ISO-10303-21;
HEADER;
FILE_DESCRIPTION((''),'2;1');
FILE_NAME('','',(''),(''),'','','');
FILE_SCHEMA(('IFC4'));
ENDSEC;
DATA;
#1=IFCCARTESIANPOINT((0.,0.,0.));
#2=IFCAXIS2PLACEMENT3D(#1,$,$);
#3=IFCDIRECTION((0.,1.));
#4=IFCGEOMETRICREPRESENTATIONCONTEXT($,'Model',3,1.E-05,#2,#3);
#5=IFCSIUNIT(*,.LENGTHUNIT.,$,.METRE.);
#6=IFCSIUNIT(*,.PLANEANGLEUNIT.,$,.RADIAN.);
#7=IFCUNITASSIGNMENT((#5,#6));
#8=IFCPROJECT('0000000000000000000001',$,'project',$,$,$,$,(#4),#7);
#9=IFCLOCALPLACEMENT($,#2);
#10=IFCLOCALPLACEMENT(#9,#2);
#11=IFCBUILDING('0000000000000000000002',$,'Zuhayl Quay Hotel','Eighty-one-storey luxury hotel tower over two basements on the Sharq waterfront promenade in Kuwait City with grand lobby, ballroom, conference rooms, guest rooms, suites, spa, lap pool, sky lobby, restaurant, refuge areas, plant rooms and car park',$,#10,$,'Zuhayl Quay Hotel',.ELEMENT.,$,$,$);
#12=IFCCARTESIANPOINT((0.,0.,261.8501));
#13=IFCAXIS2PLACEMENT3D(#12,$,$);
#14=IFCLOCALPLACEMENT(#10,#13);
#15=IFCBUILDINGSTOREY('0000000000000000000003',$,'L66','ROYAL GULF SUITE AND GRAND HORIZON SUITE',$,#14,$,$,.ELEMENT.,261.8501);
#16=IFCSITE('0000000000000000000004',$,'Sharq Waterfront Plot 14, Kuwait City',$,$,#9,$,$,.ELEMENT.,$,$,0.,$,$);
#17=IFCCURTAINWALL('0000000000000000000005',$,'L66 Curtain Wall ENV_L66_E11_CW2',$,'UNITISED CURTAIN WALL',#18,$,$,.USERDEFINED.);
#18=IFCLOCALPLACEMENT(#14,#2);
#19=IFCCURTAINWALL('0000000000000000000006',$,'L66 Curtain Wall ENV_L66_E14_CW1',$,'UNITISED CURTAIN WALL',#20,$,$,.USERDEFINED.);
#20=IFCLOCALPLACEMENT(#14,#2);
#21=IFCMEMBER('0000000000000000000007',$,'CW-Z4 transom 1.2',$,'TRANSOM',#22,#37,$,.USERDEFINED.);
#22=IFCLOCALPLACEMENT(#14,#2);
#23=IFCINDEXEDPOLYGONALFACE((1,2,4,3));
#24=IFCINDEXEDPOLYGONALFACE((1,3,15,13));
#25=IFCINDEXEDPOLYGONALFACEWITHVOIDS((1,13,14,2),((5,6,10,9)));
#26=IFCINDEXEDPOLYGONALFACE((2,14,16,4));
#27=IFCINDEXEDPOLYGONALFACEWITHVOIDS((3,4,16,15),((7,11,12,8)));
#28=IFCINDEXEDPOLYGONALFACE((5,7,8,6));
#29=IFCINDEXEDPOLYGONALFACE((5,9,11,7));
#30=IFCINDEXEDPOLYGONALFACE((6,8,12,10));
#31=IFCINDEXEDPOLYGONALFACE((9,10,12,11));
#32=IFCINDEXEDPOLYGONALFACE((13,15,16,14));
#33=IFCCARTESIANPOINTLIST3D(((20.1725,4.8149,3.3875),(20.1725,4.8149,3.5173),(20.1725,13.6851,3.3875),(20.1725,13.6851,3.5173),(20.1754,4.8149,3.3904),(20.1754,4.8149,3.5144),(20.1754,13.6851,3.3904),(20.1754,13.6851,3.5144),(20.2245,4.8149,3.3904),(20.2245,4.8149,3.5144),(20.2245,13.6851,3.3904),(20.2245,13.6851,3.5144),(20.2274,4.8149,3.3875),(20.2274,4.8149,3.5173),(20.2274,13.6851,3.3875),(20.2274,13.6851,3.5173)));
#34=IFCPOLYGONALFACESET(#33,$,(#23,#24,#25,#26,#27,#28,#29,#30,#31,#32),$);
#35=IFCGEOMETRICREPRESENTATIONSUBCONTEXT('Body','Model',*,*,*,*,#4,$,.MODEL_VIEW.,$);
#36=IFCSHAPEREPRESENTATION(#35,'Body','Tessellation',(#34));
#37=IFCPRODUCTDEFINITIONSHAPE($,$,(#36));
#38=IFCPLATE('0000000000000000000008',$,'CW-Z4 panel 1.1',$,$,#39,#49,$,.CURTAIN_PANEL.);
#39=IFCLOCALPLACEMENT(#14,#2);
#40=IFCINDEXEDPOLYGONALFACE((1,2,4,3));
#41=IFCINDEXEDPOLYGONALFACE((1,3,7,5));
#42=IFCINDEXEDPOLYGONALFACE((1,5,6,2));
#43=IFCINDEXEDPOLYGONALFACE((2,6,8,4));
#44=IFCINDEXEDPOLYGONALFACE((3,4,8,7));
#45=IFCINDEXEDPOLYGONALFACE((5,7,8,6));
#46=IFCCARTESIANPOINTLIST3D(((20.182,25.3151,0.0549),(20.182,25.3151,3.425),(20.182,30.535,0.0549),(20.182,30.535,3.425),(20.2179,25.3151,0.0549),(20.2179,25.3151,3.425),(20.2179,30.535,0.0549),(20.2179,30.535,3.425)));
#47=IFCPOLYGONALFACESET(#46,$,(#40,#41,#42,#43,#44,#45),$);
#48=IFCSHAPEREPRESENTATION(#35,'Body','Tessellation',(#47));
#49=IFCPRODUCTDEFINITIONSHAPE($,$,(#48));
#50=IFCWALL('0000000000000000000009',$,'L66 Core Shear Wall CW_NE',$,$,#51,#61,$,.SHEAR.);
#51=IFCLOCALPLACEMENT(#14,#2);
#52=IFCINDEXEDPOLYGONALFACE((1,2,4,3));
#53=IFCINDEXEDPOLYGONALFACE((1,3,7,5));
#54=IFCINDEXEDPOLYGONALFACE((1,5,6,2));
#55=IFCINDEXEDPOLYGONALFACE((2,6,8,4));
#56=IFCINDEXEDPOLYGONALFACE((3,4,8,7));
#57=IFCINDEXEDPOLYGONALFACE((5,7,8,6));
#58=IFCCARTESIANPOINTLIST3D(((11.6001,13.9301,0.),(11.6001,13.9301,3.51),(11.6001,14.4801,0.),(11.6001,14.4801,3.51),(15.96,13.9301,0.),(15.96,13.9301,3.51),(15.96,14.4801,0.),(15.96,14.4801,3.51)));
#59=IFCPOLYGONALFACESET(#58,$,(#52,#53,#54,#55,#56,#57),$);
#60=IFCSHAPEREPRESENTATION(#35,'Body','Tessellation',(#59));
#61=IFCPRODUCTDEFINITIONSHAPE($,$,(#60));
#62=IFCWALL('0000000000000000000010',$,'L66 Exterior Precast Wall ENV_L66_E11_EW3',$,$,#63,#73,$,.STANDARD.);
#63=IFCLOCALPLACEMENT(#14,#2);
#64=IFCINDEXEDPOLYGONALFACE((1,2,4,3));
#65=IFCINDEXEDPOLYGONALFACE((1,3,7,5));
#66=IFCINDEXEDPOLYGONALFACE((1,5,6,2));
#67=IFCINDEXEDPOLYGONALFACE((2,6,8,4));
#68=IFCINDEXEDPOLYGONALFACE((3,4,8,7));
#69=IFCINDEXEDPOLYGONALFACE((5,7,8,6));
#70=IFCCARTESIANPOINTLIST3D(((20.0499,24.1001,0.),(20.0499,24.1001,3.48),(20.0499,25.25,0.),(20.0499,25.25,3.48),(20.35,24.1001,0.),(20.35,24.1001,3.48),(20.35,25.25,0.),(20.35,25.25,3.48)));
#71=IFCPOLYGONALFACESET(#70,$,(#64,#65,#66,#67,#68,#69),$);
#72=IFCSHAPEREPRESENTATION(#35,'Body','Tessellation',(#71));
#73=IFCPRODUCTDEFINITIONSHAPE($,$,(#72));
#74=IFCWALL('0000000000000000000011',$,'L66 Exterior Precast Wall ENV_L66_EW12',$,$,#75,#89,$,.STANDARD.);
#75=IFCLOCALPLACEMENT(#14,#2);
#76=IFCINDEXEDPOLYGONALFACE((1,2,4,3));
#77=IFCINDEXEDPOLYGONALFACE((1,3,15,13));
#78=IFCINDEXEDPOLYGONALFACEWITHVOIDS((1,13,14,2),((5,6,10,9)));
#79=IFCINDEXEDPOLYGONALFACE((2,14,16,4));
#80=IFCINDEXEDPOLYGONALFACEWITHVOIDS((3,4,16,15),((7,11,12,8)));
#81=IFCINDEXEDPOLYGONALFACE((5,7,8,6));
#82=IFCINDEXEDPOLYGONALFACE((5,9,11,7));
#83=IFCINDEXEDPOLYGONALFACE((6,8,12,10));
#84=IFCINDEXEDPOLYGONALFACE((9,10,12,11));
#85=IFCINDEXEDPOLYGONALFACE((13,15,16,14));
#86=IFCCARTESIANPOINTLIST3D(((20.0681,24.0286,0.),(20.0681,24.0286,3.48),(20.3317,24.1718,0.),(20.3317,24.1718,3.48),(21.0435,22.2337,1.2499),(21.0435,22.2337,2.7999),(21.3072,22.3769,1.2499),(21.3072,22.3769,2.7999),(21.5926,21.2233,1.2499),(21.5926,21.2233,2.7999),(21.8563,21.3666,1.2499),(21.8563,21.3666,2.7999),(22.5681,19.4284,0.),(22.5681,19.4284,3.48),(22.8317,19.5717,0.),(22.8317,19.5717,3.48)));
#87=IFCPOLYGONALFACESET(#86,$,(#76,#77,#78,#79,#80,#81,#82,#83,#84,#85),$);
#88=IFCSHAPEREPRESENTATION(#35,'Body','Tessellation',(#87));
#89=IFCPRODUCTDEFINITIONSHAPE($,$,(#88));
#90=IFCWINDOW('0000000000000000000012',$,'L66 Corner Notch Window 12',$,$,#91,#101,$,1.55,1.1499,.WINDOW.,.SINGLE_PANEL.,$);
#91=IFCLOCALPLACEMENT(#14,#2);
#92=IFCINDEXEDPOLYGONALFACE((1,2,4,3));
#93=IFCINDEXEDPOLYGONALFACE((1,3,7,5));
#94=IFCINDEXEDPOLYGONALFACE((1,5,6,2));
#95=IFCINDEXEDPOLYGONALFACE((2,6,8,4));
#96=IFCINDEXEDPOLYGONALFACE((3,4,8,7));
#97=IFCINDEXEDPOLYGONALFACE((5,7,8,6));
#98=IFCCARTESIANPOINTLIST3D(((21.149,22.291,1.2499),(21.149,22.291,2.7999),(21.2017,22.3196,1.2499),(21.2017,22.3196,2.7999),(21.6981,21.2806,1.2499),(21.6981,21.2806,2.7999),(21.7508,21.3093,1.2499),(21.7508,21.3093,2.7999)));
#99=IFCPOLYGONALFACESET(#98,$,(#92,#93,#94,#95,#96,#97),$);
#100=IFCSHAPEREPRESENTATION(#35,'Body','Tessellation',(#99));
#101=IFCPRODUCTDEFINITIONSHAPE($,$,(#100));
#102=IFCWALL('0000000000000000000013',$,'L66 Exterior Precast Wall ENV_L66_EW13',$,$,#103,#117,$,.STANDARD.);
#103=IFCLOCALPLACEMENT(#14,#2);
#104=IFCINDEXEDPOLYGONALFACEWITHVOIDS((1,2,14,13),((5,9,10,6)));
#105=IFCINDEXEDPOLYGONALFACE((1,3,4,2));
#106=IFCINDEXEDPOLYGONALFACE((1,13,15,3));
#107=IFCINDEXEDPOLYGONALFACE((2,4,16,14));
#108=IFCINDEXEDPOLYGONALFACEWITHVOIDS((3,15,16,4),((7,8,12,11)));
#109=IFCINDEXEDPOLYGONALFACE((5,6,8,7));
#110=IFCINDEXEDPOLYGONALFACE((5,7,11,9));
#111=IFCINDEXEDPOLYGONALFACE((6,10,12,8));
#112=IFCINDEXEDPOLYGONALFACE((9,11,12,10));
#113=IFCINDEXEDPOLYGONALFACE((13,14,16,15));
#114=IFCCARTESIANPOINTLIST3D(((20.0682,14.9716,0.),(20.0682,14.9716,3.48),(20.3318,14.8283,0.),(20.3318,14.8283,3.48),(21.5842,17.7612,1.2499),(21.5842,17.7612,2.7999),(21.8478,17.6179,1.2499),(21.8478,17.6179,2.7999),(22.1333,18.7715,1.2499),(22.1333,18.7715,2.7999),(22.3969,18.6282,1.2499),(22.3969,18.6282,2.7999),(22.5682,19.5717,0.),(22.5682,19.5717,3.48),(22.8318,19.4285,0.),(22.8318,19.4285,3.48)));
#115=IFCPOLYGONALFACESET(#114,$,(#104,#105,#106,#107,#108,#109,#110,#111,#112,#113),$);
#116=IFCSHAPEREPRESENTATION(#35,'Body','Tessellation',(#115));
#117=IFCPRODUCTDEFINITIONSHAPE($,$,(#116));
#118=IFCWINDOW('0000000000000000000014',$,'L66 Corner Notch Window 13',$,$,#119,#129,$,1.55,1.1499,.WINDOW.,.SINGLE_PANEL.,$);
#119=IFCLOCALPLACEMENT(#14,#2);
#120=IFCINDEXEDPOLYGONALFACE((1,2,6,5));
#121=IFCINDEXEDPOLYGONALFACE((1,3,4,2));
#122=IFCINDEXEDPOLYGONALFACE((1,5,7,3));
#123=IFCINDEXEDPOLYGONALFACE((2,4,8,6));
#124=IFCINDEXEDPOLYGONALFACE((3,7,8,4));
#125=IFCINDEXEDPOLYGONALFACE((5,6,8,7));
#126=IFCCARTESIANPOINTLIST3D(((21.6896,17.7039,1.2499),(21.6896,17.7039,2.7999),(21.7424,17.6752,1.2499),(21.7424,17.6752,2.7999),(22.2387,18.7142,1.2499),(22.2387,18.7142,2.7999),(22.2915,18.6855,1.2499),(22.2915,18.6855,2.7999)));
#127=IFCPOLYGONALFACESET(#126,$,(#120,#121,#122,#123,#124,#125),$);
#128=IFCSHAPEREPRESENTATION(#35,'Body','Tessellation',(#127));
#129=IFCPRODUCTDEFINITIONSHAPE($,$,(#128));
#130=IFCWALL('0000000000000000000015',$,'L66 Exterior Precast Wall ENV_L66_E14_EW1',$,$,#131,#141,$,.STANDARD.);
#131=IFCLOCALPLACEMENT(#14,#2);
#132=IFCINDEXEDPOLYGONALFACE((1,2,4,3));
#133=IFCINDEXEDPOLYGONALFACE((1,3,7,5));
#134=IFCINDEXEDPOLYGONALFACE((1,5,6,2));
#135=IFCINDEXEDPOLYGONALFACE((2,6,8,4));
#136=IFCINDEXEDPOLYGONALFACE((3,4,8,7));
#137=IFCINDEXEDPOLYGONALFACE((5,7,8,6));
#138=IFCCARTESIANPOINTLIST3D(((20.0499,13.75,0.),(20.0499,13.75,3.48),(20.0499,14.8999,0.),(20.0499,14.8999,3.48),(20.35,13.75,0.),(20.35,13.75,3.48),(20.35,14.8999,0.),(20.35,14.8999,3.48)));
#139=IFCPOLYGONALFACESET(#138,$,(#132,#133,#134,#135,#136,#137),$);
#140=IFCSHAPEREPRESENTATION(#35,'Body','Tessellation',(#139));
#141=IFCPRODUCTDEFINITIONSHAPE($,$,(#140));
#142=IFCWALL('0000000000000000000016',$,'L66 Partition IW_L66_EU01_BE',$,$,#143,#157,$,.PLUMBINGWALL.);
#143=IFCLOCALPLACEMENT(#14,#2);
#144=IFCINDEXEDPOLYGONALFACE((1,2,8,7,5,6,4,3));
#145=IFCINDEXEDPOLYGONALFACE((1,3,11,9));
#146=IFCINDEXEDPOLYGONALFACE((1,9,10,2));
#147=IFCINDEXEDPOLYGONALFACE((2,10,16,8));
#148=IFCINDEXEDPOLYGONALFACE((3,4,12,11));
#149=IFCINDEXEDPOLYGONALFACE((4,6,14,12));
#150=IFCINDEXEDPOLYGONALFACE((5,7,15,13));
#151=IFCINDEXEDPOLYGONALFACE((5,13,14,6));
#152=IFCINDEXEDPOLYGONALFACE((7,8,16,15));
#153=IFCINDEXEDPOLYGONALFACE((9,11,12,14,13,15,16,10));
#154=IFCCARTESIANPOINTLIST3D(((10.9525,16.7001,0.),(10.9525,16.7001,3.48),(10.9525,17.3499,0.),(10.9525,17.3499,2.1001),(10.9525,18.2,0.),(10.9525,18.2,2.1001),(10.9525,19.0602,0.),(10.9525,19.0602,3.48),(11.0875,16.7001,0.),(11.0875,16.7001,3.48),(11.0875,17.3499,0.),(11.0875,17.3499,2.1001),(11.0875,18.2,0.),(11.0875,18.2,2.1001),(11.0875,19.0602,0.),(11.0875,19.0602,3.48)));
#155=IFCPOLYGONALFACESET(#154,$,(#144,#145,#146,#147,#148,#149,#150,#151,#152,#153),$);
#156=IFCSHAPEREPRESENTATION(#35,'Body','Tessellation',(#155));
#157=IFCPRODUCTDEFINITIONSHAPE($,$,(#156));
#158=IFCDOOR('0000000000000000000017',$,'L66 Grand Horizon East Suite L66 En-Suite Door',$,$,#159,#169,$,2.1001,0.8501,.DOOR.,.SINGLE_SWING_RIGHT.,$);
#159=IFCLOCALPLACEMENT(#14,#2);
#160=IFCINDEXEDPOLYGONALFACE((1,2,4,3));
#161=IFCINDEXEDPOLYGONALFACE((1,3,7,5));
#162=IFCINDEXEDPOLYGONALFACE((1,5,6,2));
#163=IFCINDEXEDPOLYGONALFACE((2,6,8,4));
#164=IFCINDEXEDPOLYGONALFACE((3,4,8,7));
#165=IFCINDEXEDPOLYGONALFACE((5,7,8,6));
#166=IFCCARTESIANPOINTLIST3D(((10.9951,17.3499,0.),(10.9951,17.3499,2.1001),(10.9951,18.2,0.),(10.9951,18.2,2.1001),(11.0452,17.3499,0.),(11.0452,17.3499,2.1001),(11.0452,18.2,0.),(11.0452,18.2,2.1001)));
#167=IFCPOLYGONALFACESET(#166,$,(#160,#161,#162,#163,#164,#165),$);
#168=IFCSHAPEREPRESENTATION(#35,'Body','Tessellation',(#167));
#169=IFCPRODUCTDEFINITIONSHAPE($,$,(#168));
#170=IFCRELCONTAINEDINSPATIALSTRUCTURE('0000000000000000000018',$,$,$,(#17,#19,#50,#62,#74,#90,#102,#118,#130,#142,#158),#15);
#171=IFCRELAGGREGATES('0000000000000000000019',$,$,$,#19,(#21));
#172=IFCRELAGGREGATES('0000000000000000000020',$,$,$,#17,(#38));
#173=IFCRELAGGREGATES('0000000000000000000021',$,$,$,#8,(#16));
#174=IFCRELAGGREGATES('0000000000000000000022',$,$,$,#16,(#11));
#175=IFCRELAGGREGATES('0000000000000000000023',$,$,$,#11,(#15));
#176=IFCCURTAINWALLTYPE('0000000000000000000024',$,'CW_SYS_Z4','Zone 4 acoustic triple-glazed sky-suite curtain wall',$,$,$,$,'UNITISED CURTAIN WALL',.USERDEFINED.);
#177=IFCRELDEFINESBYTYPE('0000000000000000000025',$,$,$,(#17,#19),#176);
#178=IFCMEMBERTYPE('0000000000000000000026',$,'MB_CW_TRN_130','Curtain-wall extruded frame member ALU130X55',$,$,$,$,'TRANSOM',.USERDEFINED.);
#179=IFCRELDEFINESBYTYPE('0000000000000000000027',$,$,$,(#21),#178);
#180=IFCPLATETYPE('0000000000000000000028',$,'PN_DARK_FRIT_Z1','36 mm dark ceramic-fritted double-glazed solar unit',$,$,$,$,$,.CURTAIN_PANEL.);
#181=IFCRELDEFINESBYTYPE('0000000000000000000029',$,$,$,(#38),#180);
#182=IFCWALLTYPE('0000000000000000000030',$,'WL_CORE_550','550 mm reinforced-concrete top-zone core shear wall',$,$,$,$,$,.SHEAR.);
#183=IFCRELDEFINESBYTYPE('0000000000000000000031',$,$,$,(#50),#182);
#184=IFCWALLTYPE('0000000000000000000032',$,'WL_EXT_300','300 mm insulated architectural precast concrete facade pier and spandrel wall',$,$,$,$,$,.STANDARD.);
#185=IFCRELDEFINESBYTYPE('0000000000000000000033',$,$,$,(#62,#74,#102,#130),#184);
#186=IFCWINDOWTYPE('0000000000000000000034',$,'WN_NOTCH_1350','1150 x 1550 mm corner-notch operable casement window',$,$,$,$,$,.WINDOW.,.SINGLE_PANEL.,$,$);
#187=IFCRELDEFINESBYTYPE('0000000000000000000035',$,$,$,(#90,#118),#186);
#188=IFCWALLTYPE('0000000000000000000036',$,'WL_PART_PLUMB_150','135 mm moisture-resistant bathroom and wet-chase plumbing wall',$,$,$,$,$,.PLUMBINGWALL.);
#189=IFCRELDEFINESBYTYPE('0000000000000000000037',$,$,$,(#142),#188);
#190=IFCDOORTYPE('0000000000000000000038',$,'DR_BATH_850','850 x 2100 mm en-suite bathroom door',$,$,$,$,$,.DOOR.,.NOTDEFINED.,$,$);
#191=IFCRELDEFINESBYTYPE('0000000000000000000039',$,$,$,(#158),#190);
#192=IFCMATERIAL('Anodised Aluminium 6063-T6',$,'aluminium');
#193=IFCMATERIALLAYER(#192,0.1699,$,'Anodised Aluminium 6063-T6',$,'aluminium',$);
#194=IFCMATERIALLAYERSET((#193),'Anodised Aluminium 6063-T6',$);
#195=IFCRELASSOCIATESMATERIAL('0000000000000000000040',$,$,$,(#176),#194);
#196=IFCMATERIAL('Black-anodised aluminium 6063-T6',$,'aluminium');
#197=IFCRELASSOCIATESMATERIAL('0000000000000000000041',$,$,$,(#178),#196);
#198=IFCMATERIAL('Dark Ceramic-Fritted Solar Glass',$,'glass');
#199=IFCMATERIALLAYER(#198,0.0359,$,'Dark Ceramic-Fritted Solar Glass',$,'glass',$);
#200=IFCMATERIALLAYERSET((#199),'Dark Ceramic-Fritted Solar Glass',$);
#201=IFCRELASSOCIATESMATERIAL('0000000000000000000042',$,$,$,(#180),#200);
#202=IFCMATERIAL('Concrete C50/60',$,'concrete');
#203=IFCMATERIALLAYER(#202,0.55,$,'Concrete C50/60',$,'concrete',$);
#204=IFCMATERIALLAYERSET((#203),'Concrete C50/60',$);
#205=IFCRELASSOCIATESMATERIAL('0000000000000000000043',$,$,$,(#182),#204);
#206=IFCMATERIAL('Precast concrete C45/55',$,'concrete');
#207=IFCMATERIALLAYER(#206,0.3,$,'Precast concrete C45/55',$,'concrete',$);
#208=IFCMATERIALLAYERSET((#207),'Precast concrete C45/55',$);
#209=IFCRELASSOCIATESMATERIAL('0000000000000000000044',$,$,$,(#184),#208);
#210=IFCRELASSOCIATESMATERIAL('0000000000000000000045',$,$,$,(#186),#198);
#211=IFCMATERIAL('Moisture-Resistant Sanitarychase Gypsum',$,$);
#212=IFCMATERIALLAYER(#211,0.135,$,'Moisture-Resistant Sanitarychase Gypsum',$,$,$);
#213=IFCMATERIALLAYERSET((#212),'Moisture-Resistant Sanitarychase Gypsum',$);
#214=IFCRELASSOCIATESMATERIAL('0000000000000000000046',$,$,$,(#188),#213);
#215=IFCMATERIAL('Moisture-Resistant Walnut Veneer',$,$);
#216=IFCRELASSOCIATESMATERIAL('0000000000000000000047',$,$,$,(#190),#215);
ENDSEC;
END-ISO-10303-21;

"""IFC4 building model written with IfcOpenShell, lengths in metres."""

from ifc_helpers import new_model, si_unit, direction, frame, frame_2d, origin, origin_2d, place, context, subcontext, project, spatial, rectangle, hollow_rectangle, extrude, material, layer, layer_set, material_profile, profile_set, type_object, element, fill, aggregate, save


model = new_model("IFC4")

# Units and contexts
model_context = context("Model", 3, precision=1e-05, world=origin(), true_north=direction((0.0, 1.0)))
body_context = subcontext(model_context, "Body", "Model", "MODEL_VIEW")
ifc_project = project(units=[si_unit("LENGTHUNIT", "METRE"), si_unit("PLANEANGLEUNIT", "RADIAN")], contexts=[model_context])

# Site, building, storey
site_placement = place(None, origin())
site = spatial("IfcSite", under=ifc_project, at=site_placement, Name="Sharq Waterfront Plot 14, Kuwait City", CompositionType="ELEMENT", RefElevation=0.0)
building_placement = place(site_placement, origin())
building = spatial("IfcBuilding", under=site, at=building_placement, Name="Zuhayl Quay Hotel", Description="Eighty-one-storey luxury hotel tower over two basements on the Sharq waterfront promenade in Kuwait City with grand lobby, ballroom, conference rooms, guest rooms, suites, spa, lap pool, sky lobby, restaurant, refuge areas, plant rooms and car park", LongName="Zuhayl Quay Hotel", CompositionType="ELEMENT")
storey_placement = place(building_placement, frame((0.0, 0.0, 261.8501)))
storey = spatial("IfcBuildingStorey", under=building, at=storey_placement, Name="L66", Description="ROYAL GULF SUITE AND GRAND HORIZON SUITE", CompositionType="ELEMENT", Elevation=261.8501)

# Curtain wall
ifc_material_1 = material(Name="Anodised Aluminium 6063-T6", Category="aluminium")
ifc_layer_1 = layer(ifc_material_1, 0.1699, Name="Anodised Aluminium 6063-T6", Category="aluminium")
ifc_layer_set_1 = layer_set([ifc_layer_1], Name="Anodised Aluminium 6063-T6")
curtain_wall_type = type_object("IfcCurtainWallType", Name="CW_SYS_Z4", Description="Zone 4 acoustic triple-glazed sky-suite curtain wall", ElementType="UNITISED CURTAIN WALL", PredefinedType="USERDEFINED", material=ifc_layer_set_1)
curtain_wall_1_placement = place(storey_placement, origin())
curtain_wall_1 = element("IfcCurtainWall", 1, at=curtain_wall_1_placement, inside=storey, type_object=curtain_wall_type, Name="L66 Curtain Wall ENV_L66_E11_CW2", ObjectType="UNITISED CURTAIN WALL", PredefinedType="USERDEFINED")
ifc_material_2 = material(Name="Black-anodised aluminium 6063-T6", Category="aluminium")

# Curtain wall, member
curtain_wall_2_placement = place(storey_placement, origin())
curtain_wall_2 = element("IfcCurtainWall", 2, at=curtain_wall_2_placement, inside=storey, type_object=curtain_wall_type, Name="L66 Curtain Wall ENV_L66_E14_CW1", ObjectType="UNITISED CURTAIN WALL", PredefinedType="USERDEFINED")
ifc_material_profile_1 = material_profile(ifc_material_2, hollow_rectangle(XDim=0.0549, YDim=0.1299, WallThickness=0.0029, at=origin_2d()), Name="ALU130X55")
ifc_profile_set_1 = profile_set([ifc_material_profile_1], Name="Black-anodised aluminium 6063-T6")
member_type_1 = type_object("IfcMemberType", Name="MB_CW_TRN_130", Description="Curtain-wall extruded frame member ALU130X55", ElementType="TRANSOM", PredefinedType="USERDEFINED", material=ifc_profile_set_1)
member_1_placement = place(storey_placement, frame((20.2, 13.6851, 3.4524), z_axis=(0.0, -1.0, 0.0), x_axis=(1.0, 0.0, 0.0)))
member_1 = element("IfcMember", 3, at=member_1_placement, type_object=member_type_1, Name="CW-Z4 transom 1.2", ObjectType="TRANSOM", PredefinedType="USERDEFINED", context=body_context, shape_type="SweptSolid", body=[
    extrude(hollow_rectangle(XDim=0.0549, YDim=0.1299, WallThickness=0.0029, at=origin_2d()), origin(), (0.0, 0.0, 1.0), 8.8701),
])
aggregate(curtain_wall_2, [member_1])

# Plate
ifc_material_3 = material(Name="Dark Ceramic-Fritted Solar Glass", Category="glass")
ifc_layer_2 = layer(ifc_material_3, 0.0359, Name="Dark Ceramic-Fritted Solar Glass", Category="glass")
ifc_layer_set_2 = layer_set([ifc_layer_2], Name="Dark Ceramic-Fritted Solar Glass")
plate_type = type_object("IfcPlateType", Name="PN_DARK_FRIT_Z1", Description="36 mm dark ceramic-fritted double-glazed solar unit", PredefinedType="CURTAIN_PANEL", material=ifc_layer_set_2)
plate_placement = place(storey_placement, frame((20.2, 27.925, 0.0549), z_axis=(0.0, 0.0, 1.0), x_axis=(0.0, -1.0, 0.0)))
plate = element("IfcPlate", 4, at=plate_placement, type_object=plate_type, Name="CW-Z4 panel 1.1", PredefinedType="CURTAIN_PANEL", context=body_context, shape_type="SweptSolid", body=[
    extrude(rectangle(XDim=5.22, YDim=0.0359, at=origin_2d()), origin(), (0.0, 0.0, 1.0), 3.3701),
])
aggregate(curtain_wall_1, [plate])

# Walls
ifc_material_4 = material(Name="Concrete C50/60", Category="concrete")
ifc_layer_3 = layer(ifc_material_4, 0.55, Name="Concrete C50/60", Category="concrete")
ifc_layer_set_3 = layer_set([ifc_layer_3], Name="Concrete C50/60")
wall_type_1 = type_object("IfcWallType", Name="WL_CORE_550", Description="550 mm reinforced-concrete top-zone core shear wall", PredefinedType="SHEAR", material=ifc_layer_set_3)
wall_1_placement = place(storey_placement, frame((11.6001, 14.2051, 0.0), z_axis=(0.0, 0.0, 1.0), x_axis=(1.0, 0.0, 0.0)))
element("IfcWall", 5, at=wall_1_placement, inside=storey, type_object=wall_type_1, Name="L66 Core Shear Wall CW_NE", PredefinedType="SHEAR", context=body_context, shape_type="SweptSolid", body=[
    extrude(rectangle(XDim=4.3599, YDim=0.55, at=frame_2d((2.1799, 0.0))), origin(), (0.0, 0.0, 1.0), 3.51),
])
ifc_material_5 = material(Name="Precast concrete C45/55", Category="concrete")
ifc_layer_4 = layer(ifc_material_5, 0.3, Name="Precast concrete C45/55", Category="concrete")
ifc_layer_set_4 = layer_set([ifc_layer_4], Name="Precast concrete C45/55")
wall_type_2 = type_object("IfcWallType", Name="WL_EXT_300", Description="300 mm insulated architectural precast concrete facade pier and spandrel wall", PredefinedType="STANDARD", material=ifc_layer_set_4)
wall_2_placement = place(storey_placement, frame((20.2, 25.25, 0.0), z_axis=(0.0, 0.0, 1.0), x_axis=(0.0, -1.0, 0.0)))
element("IfcWall", 6, at=wall_2_placement, inside=storey, type_object=wall_type_2, Name="L66 Exterior Precast Wall ENV_L66_E11_EW3", PredefinedType="STANDARD", context=body_context, shape_type="SweptSolid", body=[
    extrude(rectangle(XDim=1.1499, YDim=0.3, at=frame_2d((0.575, 0.0))), origin(), (0.0, 0.0, 1.0), 3.48),
])

# Walls, openings, windows
wall_3_placement = place(storey_placement, frame((20.2, 24.1001, 0.0), z_axis=(0.0, 0.0, 1.0), x_axis=(0.477505, -0.878629, 0.0)))
wall_3 = element("IfcWall", 7, at=wall_3_placement, inside=storey, type_object=wall_type_2, Name="L66 Exterior Precast Wall ENV_L66_EW12", PredefinedType="STANDARD", context=body_context, shape_type="SweptSolid", body=[
    extrude(rectangle(XDim=5.2356, YDim=0.3, at=frame_2d((2.6177, 0.0))), origin(), (0.0, 0.0, 1.0), 3.48),
])
opening_1_placement = place(wall_3_placement, frame((2.0427, 0.0, 1.25)))
opening_1 = element("IfcOpeningElement", 8, at=opening_1_placement, cuts=wall_3, PredefinedType="OPENING", context=body_context, shape_type="SweptSolid", body=[
    extrude(rectangle(XDim=1.1499, YDim=1.55, at=frame_2d((0.575, 0.7749))), frame((0.0, 0.1599, 0.0), z_axis=(0.0, -1.0, 0.0), x_axis=(1.0, 0.0, 0.0)), (0.0, 0.0, 1.0), 0.3201),
])
window_type = type_object("IfcWindowType", Name="WN_NOTCH_1350", Description="1150 x 1550 mm corner-notch operable casement window", PartitioningType="SINGLE_PANEL", PredefinedType="WINDOW", material=ifc_material_3)
window_1_placement = place(opening_1_placement, origin())
window_1 = element("IfcWindow", 9, at=window_1_placement, inside=storey, type_object=window_type, Name="L66 Corner Notch Window 12", OverallHeight=1.55, OverallWidth=1.1499, PartitioningType="SINGLE_PANEL", PredefinedType="WINDOW", context=body_context, shape_type="SweptSolid", body=[
    extrude(rectangle(XDim=1.1499, YDim=1.55, at=frame_2d((0.575, 0.7749))), frame((0.0, 0.03, 0.0), z_axis=(0.0, -1.0, 0.0), x_axis=(1.0, 0.0, 0.0)), (0.0, 0.0, 1.0), 0.0601),
])
fill(opening_1, window_1)
wall_4_placement = place(storey_placement, frame((22.7, 19.5, 0.0), z_axis=(0.0, 0.0, 1.0), x_axis=(-0.477505, -0.878629, 0.0)))
wall_4 = element("IfcWall", 10, at=wall_4_placement, inside=storey, type_object=wall_type_2, Name="L66 Exterior Precast Wall ENV_L66_EW13", PredefinedType="STANDARD", context=body_context, shape_type="SweptSolid", body=[
    extrude(rectangle(XDim=5.2356, YDim=0.3, at=frame_2d((2.6177, 0.0))), origin(), (0.0, 0.0, 1.0), 3.48),
])
opening_2_placement = place(wall_4_placement, frame((0.9106, 0.0, 1.25)))
opening_2 = element("IfcOpeningElement", 11, at=opening_2_placement, cuts=wall_4, PredefinedType="OPENING", context=body_context, shape_type="SweptSolid", body=[
    extrude(rectangle(XDim=1.1499, YDim=1.55, at=frame_2d((0.575, 0.7749))), frame((0.0, 0.1599, 0.0), z_axis=(0.0, -1.0, 0.0), x_axis=(1.0, 0.0, 0.0)), (0.0, 0.0, 1.0), 0.3201),
])
window_2_placement = place(opening_2_placement, origin())
window_2 = element("IfcWindow", 12, at=window_2_placement, inside=storey, type_object=window_type, Name="L66 Corner Notch Window 13", OverallHeight=1.55, OverallWidth=1.1499, PartitioningType="SINGLE_PANEL", PredefinedType="WINDOW", context=body_context, shape_type="SweptSolid", body=[
    extrude(rectangle(XDim=1.1499, YDim=1.55, at=frame_2d((0.575, 0.7749))), frame((0.0, 0.03, 0.0), z_axis=(0.0, -1.0, 0.0), x_axis=(1.0, 0.0, 0.0)), (0.0, 0.0, 1.0), 0.0601),
])
fill(opening_2, window_2)

# Wall
wall_5_placement = place(storey_placement, frame((20.2, 14.8999, 0.0), z_axis=(0.0, 0.0, 1.0), x_axis=(0.0, -1.0, 0.0)))
element("IfcWall", 13, at=wall_5_placement, inside=storey, type_object=wall_type_2, Name="L66 Exterior Precast Wall ENV_L66_E14_EW1", PredefinedType="STANDARD", context=body_context, shape_type="SweptSolid", body=[
    extrude(rectangle(XDim=1.1499, YDim=0.3, at=frame_2d((0.575, 0.0))), origin(), (0.0, 0.0, 1.0), 3.48),
])

# Wall, opening, door
ifc_material_6 = material(Name="Moisture-Resistant Sanitarychase Gypsum")
ifc_layer_5 = layer(ifc_material_6, 0.135, Name="Moisture-Resistant Sanitarychase Gypsum")
ifc_layer_set_5 = layer_set([ifc_layer_5], Name="Moisture-Resistant Sanitarychase Gypsum")
wall_type_3 = type_object("IfcWallType", Name="WL_PART_PLUMB_150", Description="135 mm moisture-resistant bathroom and wet-chase plumbing wall", PredefinedType="PLUMBINGWALL", material=ifc_layer_set_5)
wall_6_placement = place(storey_placement, frame((11.02, 16.7, 0.0), z_axis=(0.0, 0.0, 1.0), x_axis=(0.0, 1.0, 0.0)))
wall_6 = element("IfcWall", 14, at=wall_6_placement, inside=storey, type_object=wall_type_3, Name="L66 Partition IW_L66_EU01_BE", PredefinedType="PLUMBINGWALL", context=body_context, shape_type="SweptSolid", body=[
    extrude(rectangle(XDim=2.3601, YDim=0.135, at=frame_2d((1.1802, 0.0))), origin(), (0.0, 0.0, 1.0), 3.48),
])
opening_3_placement = place(wall_6_placement, frame((0.6499, 0.0, 0.0)))
opening_3 = element("IfcOpeningElement", 15, at=opening_3_placement, cuts=wall_6, PredefinedType="OPENING", context=body_context, shape_type="SweptSolid", body=[
    extrude(rectangle(XDim=0.8501, YDim=2.1001, at=frame_2d((0.425, 1.05))), frame((0.0, 0.0774, 0.0), z_axis=(0.0, -1.0, 0.0), x_axis=(1.0, 0.0, 0.0)), (0.0, 0.0, 1.0), 0.155),
])
ifc_material_7 = material(Name="Moisture-Resistant Walnut Veneer")
door_type_1 = type_object("IfcDoorType", Name="DR_BATH_850", Description="850 x 2100 mm en-suite bathroom door", OperationType="NOTDEFINED", PredefinedType="DOOR", material=ifc_material_7)
door_1_placement = place(opening_3_placement, origin())
door_1 = element("IfcDoor", 16, at=door_1_placement, inside=storey, type_object=door_type_1, Name="L66 Grand Horizon East Suite L66 En-Suite Door", OperationType="SINGLE_SWING_RIGHT", OverallHeight=2.1001, OverallWidth=0.8501, PredefinedType="DOOR", context=body_context, shape_type="SweptSolid", body=[
    extrude(rectangle(XDim=0.8501, YDim=2.1001, at=frame_2d((0.425, 1.05))), frame((0.0, 0.0249, 0.0), z_axis=(0.0, -1.0, 0.0), x_axis=(1.0, 0.0, 0.0)), (0.0, 0.0, 1.0), 0.05),
])
fill(opening_3, door_1)

save(model, "model.ifc")
